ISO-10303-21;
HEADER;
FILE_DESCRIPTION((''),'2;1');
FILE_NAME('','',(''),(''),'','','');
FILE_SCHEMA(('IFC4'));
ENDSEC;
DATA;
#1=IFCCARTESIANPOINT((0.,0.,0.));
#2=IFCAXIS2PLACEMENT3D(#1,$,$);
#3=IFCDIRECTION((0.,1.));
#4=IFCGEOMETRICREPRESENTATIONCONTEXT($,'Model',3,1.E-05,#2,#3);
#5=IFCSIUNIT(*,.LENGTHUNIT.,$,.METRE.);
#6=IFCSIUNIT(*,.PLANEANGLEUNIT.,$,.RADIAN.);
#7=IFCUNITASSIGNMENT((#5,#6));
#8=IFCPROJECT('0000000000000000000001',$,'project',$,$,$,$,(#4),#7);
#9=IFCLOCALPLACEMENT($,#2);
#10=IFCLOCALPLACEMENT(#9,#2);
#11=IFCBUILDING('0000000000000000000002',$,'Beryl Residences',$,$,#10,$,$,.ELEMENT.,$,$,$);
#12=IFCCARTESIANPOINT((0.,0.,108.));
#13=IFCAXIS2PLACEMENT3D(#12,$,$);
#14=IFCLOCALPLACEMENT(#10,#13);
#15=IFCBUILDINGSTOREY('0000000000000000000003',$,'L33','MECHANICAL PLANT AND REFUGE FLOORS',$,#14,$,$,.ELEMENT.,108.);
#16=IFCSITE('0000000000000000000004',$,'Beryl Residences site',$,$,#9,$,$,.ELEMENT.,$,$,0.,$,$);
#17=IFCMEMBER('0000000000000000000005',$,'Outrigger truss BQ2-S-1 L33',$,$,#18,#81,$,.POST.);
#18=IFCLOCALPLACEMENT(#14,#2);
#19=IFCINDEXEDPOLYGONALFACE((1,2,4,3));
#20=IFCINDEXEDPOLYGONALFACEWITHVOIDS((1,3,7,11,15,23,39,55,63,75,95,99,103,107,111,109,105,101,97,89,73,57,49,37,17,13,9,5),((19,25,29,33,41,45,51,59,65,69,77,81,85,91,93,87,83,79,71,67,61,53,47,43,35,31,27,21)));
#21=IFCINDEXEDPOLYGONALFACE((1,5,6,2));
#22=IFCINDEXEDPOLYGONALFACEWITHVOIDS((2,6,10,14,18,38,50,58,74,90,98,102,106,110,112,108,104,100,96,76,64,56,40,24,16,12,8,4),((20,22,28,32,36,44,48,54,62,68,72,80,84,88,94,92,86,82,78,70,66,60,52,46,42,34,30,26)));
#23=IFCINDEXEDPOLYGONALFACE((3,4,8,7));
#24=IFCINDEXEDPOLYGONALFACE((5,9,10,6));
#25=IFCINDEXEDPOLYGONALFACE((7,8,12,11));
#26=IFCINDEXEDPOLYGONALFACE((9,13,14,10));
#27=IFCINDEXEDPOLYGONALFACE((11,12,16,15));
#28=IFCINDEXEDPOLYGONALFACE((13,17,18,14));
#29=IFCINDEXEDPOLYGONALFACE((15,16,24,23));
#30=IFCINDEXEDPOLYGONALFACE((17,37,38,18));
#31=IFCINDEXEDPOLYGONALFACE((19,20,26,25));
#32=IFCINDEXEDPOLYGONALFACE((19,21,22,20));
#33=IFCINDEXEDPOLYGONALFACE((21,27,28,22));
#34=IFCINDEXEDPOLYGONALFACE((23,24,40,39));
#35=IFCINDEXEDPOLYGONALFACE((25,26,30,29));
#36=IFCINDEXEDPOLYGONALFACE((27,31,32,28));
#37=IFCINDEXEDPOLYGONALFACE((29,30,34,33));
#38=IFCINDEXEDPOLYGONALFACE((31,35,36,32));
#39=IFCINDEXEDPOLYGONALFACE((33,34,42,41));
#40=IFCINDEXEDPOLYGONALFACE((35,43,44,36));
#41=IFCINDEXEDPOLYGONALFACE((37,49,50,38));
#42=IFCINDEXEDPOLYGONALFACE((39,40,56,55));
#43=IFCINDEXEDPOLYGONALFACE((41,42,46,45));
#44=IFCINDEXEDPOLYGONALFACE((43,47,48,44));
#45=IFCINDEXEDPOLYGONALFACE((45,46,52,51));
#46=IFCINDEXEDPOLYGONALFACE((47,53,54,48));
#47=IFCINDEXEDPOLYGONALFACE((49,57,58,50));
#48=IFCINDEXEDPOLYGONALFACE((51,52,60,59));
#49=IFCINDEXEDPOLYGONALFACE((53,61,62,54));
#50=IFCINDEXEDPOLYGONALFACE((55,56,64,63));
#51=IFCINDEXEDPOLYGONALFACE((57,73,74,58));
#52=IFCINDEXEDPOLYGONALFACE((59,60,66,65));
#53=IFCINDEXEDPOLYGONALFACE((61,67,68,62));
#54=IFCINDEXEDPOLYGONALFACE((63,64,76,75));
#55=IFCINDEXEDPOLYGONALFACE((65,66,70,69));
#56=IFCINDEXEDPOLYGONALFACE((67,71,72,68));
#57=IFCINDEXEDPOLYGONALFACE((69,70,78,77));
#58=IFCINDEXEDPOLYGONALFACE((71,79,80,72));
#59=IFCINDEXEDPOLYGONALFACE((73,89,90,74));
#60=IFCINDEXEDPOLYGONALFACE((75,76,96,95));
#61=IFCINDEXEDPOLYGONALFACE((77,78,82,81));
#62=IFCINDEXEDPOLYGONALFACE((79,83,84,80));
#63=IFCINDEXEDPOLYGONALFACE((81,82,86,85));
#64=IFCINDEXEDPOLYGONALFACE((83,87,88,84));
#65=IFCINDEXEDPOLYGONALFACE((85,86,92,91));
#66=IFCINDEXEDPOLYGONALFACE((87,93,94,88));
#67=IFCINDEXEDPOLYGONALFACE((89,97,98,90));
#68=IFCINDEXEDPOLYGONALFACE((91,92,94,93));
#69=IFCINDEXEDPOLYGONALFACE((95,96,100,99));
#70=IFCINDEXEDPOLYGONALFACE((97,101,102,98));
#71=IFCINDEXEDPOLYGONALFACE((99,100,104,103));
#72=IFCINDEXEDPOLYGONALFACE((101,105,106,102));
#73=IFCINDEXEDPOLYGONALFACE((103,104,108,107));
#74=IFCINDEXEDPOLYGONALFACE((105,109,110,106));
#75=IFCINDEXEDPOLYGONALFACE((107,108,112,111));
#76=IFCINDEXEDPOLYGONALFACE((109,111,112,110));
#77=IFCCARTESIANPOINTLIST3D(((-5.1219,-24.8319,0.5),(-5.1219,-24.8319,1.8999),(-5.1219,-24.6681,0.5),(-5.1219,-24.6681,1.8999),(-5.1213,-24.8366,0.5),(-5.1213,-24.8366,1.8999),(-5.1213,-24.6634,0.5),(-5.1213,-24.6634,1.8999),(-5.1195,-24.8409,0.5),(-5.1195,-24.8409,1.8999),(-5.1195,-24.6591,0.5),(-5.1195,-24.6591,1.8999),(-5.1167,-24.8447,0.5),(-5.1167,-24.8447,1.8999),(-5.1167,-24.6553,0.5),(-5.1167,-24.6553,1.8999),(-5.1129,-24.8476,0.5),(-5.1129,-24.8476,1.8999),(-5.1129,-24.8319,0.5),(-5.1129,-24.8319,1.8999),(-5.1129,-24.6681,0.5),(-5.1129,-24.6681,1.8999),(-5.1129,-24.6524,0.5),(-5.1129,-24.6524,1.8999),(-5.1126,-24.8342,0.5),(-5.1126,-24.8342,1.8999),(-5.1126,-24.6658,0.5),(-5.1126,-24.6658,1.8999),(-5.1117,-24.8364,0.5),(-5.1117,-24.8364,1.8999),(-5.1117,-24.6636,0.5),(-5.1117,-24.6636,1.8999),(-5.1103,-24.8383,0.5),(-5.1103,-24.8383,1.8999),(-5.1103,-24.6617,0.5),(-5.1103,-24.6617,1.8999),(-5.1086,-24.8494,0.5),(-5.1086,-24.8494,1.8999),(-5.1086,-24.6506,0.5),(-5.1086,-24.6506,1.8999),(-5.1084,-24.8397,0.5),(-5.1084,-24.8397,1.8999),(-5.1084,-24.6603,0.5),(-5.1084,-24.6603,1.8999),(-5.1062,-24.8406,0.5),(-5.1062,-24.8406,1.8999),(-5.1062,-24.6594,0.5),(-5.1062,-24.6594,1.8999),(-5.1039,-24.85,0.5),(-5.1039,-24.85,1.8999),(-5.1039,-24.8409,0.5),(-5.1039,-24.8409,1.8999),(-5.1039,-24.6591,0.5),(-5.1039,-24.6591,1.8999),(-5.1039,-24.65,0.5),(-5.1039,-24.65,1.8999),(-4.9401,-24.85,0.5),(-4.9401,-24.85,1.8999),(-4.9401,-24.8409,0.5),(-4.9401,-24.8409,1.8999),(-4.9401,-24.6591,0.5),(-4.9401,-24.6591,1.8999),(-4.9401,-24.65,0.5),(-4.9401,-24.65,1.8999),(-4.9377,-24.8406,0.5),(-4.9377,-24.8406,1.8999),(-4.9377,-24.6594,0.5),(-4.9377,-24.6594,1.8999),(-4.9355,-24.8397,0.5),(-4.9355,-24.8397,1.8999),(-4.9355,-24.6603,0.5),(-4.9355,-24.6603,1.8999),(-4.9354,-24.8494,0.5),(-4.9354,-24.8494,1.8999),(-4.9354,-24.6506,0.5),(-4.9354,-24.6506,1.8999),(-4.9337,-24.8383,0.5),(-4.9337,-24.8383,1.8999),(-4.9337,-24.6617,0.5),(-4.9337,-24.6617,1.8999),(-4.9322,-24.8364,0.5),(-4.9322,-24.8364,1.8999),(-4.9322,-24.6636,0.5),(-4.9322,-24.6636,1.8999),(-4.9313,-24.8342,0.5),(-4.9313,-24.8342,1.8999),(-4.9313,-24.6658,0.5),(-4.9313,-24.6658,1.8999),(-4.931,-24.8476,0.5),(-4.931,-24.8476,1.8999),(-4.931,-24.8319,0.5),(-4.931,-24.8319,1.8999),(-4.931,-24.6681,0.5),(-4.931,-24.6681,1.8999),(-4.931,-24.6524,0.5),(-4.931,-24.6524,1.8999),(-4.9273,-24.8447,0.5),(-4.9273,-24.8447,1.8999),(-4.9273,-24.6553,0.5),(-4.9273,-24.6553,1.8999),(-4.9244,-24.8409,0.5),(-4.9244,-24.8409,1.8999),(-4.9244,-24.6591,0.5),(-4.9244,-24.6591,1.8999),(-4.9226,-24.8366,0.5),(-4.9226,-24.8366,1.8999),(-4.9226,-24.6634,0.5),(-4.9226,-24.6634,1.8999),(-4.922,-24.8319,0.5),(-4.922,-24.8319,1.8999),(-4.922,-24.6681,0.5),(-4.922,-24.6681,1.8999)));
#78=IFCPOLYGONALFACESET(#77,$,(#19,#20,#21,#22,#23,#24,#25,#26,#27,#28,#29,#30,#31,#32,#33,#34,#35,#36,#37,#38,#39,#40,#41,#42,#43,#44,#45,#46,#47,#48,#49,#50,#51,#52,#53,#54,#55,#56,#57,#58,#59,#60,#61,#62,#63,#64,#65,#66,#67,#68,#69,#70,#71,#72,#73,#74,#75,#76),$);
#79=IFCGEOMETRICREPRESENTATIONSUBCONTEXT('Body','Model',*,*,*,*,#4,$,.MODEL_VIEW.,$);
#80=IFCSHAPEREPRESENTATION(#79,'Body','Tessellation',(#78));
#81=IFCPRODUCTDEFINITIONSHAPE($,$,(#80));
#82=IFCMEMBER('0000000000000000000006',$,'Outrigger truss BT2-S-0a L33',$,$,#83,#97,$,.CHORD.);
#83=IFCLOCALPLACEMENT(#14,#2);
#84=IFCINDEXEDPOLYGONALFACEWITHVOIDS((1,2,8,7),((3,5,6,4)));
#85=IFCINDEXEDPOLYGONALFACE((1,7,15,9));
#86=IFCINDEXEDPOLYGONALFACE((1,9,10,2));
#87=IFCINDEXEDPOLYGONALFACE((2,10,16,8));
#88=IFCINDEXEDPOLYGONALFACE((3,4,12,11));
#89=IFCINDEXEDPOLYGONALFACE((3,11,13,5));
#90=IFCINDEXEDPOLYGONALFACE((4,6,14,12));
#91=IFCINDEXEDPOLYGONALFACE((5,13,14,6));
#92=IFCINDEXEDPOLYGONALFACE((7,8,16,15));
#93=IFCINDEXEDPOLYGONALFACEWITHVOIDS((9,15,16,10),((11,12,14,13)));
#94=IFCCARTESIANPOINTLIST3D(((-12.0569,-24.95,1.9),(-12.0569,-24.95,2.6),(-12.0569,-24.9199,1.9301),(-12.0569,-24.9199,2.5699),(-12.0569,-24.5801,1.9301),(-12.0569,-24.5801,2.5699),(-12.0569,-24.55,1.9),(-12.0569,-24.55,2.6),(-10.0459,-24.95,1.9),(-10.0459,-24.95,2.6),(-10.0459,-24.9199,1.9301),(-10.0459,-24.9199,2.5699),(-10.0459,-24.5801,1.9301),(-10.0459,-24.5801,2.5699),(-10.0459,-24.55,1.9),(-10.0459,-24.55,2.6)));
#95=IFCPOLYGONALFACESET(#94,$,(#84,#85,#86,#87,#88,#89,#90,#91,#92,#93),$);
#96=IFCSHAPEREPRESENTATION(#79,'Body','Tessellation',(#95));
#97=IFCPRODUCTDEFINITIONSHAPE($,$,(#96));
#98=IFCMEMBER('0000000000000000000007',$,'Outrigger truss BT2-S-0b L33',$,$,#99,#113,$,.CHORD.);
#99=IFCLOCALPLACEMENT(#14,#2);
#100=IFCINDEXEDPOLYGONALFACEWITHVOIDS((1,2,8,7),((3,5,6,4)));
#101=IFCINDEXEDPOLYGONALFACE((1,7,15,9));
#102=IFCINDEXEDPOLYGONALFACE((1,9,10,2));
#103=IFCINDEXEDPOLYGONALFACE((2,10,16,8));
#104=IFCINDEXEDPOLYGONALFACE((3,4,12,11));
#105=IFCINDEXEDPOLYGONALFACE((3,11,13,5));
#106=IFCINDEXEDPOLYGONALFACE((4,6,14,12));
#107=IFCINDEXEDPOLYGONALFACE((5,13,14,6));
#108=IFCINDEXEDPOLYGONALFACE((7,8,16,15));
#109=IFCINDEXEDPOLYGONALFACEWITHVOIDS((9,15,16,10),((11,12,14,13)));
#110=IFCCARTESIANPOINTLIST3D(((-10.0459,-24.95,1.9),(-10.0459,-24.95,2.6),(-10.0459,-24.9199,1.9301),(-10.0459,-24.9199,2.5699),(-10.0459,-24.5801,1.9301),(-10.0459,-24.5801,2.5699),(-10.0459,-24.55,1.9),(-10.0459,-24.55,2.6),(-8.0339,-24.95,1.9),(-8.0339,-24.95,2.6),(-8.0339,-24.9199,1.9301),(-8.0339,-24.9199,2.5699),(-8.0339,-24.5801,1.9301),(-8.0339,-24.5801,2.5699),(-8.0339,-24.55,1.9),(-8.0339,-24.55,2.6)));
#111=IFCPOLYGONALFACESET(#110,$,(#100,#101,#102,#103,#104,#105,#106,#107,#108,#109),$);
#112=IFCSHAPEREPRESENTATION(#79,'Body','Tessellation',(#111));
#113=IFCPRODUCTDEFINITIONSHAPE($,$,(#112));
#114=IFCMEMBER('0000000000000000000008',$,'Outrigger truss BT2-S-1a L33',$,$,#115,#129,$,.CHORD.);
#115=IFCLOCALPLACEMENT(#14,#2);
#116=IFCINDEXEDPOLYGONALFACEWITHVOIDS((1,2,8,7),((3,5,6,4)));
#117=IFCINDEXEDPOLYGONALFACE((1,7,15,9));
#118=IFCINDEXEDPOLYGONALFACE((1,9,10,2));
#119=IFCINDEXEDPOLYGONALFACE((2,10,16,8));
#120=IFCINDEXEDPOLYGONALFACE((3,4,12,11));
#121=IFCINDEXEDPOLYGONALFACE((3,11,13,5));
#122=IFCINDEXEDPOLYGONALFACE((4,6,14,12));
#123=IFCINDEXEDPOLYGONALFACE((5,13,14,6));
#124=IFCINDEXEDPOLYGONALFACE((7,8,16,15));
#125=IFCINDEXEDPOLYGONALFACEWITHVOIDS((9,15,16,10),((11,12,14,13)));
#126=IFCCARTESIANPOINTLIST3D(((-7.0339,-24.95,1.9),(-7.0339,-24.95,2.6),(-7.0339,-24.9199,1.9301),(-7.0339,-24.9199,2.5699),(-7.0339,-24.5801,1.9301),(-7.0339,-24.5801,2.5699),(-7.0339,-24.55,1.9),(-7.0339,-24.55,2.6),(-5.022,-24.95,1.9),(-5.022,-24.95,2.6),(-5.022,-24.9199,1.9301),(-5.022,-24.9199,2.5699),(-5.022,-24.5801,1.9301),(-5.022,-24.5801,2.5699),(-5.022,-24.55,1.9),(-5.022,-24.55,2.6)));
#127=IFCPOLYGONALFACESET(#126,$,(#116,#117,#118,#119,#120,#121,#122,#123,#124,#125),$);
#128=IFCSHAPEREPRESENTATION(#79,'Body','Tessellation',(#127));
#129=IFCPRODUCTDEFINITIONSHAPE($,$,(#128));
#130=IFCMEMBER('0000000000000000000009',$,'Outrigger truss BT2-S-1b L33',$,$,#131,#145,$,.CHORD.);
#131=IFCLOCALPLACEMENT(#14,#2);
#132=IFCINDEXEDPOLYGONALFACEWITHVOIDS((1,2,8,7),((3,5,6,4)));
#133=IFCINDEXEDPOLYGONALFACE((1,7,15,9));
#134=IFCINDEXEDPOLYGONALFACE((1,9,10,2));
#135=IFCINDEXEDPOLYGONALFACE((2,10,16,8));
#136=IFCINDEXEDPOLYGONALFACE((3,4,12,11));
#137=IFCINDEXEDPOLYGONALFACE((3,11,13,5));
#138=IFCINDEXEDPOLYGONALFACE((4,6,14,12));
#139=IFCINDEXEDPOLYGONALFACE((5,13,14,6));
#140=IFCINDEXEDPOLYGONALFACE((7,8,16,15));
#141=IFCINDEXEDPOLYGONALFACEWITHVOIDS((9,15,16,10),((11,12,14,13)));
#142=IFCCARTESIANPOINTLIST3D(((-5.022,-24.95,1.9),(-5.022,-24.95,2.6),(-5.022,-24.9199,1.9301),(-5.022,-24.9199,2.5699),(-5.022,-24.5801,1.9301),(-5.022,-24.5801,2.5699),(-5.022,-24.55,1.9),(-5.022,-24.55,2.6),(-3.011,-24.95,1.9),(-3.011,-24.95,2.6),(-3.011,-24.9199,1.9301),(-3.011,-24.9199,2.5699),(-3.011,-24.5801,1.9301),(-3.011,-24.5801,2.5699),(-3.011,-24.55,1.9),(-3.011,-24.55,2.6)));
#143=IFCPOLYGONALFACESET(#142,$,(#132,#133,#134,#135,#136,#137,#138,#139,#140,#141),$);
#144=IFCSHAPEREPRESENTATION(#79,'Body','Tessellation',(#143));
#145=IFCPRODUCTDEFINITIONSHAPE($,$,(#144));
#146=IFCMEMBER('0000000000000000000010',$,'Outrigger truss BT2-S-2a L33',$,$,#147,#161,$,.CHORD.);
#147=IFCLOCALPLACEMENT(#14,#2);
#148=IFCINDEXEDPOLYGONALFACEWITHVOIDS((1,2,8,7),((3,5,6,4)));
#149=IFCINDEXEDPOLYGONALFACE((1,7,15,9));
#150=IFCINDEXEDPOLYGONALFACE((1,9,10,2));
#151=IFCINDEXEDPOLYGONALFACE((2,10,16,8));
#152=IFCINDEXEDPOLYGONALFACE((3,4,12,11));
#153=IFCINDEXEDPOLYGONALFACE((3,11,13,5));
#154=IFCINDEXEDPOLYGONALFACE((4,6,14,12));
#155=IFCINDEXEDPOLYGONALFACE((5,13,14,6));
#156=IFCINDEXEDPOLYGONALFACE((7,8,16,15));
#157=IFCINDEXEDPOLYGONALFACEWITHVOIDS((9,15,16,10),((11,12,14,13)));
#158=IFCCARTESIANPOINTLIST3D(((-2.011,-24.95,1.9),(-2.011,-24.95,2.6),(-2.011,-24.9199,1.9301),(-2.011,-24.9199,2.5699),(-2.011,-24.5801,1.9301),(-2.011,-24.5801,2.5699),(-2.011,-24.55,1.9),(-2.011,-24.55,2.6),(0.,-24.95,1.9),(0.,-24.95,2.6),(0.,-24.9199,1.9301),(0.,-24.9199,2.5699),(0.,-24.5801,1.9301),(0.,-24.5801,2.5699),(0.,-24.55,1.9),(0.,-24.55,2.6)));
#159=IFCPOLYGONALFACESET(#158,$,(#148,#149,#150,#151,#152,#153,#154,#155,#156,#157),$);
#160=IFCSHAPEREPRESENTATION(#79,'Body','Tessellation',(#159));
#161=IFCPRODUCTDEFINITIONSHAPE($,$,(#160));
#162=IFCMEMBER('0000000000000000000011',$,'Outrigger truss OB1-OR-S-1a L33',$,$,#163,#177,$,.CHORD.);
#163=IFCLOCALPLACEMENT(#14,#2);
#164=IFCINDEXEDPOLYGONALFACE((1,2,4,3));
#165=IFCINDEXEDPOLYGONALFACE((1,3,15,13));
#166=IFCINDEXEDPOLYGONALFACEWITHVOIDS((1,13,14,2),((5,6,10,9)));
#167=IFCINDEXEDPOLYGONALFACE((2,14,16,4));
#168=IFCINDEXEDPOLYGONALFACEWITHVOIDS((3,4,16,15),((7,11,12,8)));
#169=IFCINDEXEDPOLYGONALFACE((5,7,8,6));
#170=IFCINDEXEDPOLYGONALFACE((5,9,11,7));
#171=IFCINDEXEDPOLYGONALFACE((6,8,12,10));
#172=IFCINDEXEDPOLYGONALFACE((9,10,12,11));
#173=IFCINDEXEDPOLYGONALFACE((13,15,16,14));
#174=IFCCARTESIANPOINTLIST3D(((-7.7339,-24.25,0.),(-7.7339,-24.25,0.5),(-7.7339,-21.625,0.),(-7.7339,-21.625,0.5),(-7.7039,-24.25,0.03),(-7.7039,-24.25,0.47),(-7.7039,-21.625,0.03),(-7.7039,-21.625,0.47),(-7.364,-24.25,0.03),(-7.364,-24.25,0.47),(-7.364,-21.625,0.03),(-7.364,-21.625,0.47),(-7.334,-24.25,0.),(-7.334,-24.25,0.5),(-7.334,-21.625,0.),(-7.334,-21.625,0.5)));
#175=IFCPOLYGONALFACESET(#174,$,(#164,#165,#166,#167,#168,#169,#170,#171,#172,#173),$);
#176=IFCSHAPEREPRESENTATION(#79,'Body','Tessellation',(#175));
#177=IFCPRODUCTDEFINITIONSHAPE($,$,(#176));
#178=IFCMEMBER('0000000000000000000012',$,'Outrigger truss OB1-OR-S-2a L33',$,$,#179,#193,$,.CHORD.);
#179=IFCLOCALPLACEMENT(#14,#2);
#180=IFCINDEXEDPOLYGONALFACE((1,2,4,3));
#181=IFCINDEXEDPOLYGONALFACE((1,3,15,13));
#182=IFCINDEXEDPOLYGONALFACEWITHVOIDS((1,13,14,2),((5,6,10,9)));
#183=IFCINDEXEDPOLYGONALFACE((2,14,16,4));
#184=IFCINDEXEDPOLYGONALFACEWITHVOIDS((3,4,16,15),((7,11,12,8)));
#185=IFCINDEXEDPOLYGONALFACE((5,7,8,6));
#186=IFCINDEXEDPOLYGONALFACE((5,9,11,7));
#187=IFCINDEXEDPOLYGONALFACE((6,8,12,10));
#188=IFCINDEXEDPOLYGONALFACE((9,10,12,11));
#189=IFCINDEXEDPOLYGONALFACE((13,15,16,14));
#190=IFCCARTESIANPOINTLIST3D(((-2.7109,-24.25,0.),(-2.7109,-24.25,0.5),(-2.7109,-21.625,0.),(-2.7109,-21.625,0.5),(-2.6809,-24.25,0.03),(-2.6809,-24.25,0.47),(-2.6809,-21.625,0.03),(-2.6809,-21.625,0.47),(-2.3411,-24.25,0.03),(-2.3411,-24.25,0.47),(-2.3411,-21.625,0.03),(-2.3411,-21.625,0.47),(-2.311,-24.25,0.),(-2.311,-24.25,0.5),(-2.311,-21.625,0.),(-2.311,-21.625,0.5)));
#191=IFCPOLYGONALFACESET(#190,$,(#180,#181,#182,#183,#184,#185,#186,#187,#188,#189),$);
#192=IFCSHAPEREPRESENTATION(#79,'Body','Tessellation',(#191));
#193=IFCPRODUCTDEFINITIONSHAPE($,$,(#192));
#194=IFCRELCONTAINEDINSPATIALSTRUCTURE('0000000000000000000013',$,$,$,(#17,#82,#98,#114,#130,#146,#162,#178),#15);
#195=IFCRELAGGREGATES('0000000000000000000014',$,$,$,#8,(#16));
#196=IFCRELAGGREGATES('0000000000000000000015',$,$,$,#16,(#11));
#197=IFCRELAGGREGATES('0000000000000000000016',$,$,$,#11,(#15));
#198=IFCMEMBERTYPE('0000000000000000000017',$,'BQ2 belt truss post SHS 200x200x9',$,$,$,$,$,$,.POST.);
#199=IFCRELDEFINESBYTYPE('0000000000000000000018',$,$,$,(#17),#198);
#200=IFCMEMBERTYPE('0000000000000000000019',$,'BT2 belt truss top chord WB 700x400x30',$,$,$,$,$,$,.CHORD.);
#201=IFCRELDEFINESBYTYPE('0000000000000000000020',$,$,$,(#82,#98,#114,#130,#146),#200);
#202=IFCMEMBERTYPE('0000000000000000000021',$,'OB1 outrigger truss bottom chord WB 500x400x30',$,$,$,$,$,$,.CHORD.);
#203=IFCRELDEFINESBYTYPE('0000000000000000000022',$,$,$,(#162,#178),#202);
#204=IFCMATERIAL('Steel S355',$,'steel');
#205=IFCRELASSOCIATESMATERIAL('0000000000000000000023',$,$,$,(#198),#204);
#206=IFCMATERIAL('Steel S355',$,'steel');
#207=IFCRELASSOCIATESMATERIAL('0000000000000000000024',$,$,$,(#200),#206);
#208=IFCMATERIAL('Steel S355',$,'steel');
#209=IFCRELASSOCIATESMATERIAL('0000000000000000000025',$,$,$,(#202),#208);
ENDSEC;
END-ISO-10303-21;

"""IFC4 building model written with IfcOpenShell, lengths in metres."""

from ifc_helpers import new_model, si_unit, direction, frame, origin, origin_2d, place, context, subcontext, project, spatial, hollow_rectangle, extrude, material, material_profile, profile_set, type_object, element, save


model = new_model("IFC4")

# Units and contexts
model_context = context("Model", 3, precision=1e-05, world=origin(), true_north=direction((0.0, 1.0)))
body_context = subcontext(model_context, "Body", "Model", "MODEL_VIEW")
ifc_project = project(units=[si_unit("LENGTHUNIT", "METRE"), si_unit("PLANEANGLEUNIT", "RADIAN")], contexts=[model_context])

# Site, building, storey
site_placement = place(None, origin())
site = spatial("IfcSite", under=ifc_project, at=site_placement, Name="Beryl Residences site", CompositionType="ELEMENT", RefElevation=0.0)
building_placement = place(site_placement, origin())
building = spatial("IfcBuilding", under=site, at=building_placement, Name="Beryl Residences", CompositionType="ELEMENT")
storey_placement = place(building_placement, frame((0.0, 0.0, 108.0)))
storey = spatial("IfcBuildingStorey", under=building, at=storey_placement, Name="L33", Description="MECHANICAL PLANT AND REFUGE FLOORS", CompositionType="ELEMENT", Elevation=108.0)

# Members
ifc_material_1 = material(Name="Steel S355", Category="steel")
ifc_material_profile_1 = material_profile(ifc_material_1, hollow_rectangle(XDim=0.2, YDim=0.2, WallThickness=0.009, InnerFilletRadius=0.009, OuterFilletRadius=0.0181, at=origin_2d()))
ifc_profile_set_1 = profile_set([ifc_material_profile_1], Name="Steel S355")
member_type_1 = type_object("IfcMemberType", Name="BQ2 belt truss post SHS 200x200x9", PredefinedType="POST", material=ifc_profile_set_1)
for number, where, z_axis, x_axis, name in (
    (1, (-5.022, -24.75, 0.5), (0.0, 0.0, 1.0), (1.0, 0.0, 0.0), "Outrigger truss BQ2-S-1 L33"),
):
    element("IfcMember", number, at=place(storey_placement, frame(where, z_axis=z_axis, x_axis=x_axis)), inside=storey, type_object=member_type_1, Name=name, PredefinedType="POST", context=body_context, shape_type="SweptSolid", body=[
        extrude(hollow_rectangle(XDim=0.2, YDim=0.2, WallThickness=0.009, InnerFilletRadius=0.009, OuterFilletRadius=0.0181, at=origin_2d()), origin(), (0.0, 0.0, 1.0), 1.3999),
    ])
ifc_material_2 = material(Name="Steel S355", Category="steel")
ifc_material_profile_2 = material_profile(ifc_material_2, hollow_rectangle(XDim=0.3999, YDim=0.7, WallThickness=0.03, at=origin_2d()))
ifc_profile_set_2 = profile_set([ifc_material_profile_2], Name="Steel S355")
member_type_2 = type_object("IfcMemberType", Name="BT2 belt truss top chord WB 700x400x30", PredefinedType="CHORD", material=ifc_profile_set_2)
member_1_placement = place(storey_placement, frame((-12.0569, -24.75, 2.25), z_axis=(1.0, 0.0, 0.0), x_axis=(0.0, 1.0, 0.0)))
element("IfcMember", 2, at=member_1_placement, inside=storey, type_object=member_type_2, Name="Outrigger truss BT2-S-0a L33", PredefinedType="CHORD", context=body_context, shape_type="SweptSolid", body=[
    extrude(hollow_rectangle(XDim=0.3999, YDim=0.7, WallThickness=0.03, at=origin_2d()), origin(), (0.0, 0.0, 1.0), 2.011),
])
for number, where, z_axis, x_axis, name in (
    (3, (-10.0459, -24.75, 2.25), (1.0, 0.0, 0.0), (0.0, 1.0, 0.0), "Outrigger truss BT2-S-0b L33"),
    (4, (-7.0339, -24.75, 2.25), (1.0, 0.0, 0.0), (0.0, 1.0, 0.0), "Outrigger truss BT2-S-1a L33"),
):
    element("IfcMember", number, at=place(storey_placement, frame(where, z_axis=z_axis, x_axis=x_axis)), inside=storey, type_object=member_type_2, Name=name, PredefinedType="CHORD", context=body_context, shape_type="SweptSolid", body=[
        extrude(hollow_rectangle(XDim=0.3999, YDim=0.7, WallThickness=0.03, at=origin_2d()), origin(), (0.0, 0.0, 1.0), 2.012),
    ])
for number, where, z_axis, x_axis, name in (
    (5, (-5.022, -24.75, 2.25), (1.0, 0.0, 0.0), (0.0, 1.0, 0.0), "Outrigger truss BT2-S-1b L33"),
    (6, (-2.011, -24.75, 2.25), (1.0, 0.0, 0.0), (0.0, 1.0, 0.0), "Outrigger truss BT2-S-2a L33"),
):
    element("IfcMember", number, at=place(storey_placement, frame(where, z_axis=z_axis, x_axis=x_axis)), inside=storey, type_object=member_type_2, Name=name, PredefinedType="CHORD", context=body_context, shape_type="SweptSolid", body=[
        extrude(hollow_rectangle(XDim=0.3999, YDim=0.7, WallThickness=0.03, at=origin_2d()), origin(), (0.0, 0.0, 1.0), 2.011),
    ])
ifc_material_3 = material(Name="Steel S355", Category="steel")
ifc_material_profile_3 = material_profile(ifc_material_3, hollow_rectangle(XDim=0.3999, YDim=0.5, WallThickness=0.03, at=origin_2d()))
ifc_profile_set_3 = profile_set([ifc_material_profile_3], Name="Steel S355")
member_type_3 = type_object("IfcMemberType", Name="OB1 outrigger truss bottom chord WB 500x400x30", PredefinedType="CHORD", material=ifc_profile_set_3)
for number, where, z_axis, x_axis, name in (
    (7, (-7.5339, -24.25, 0.25), (0.0, 1.0, 0.0), (-1.0, 0.0, 0.0), "Outrigger truss OB1-OR-S-1a L33"),
    (8, (-2.511, -24.25, 0.25), (0.0, 1.0, 0.0), (-1.0, 0.0, 0.0), "Outrigger truss OB1-OR-S-2a L33"),
):
    element("IfcMember", number, at=place(storey_placement, frame(where, z_axis=z_axis, x_axis=x_axis)), inside=storey, type_object=member_type_3, Name=name, PredefinedType="CHORD", context=body_context, shape_type="SweptSolid", body=[
        extrude(hollow_rectangle(XDim=0.3999, YDim=0.5, WallThickness=0.03, at=origin_2d()), origin(), (0.0, 0.0, 1.0), 2.625),
    ])

save(model, "model.ifc")
